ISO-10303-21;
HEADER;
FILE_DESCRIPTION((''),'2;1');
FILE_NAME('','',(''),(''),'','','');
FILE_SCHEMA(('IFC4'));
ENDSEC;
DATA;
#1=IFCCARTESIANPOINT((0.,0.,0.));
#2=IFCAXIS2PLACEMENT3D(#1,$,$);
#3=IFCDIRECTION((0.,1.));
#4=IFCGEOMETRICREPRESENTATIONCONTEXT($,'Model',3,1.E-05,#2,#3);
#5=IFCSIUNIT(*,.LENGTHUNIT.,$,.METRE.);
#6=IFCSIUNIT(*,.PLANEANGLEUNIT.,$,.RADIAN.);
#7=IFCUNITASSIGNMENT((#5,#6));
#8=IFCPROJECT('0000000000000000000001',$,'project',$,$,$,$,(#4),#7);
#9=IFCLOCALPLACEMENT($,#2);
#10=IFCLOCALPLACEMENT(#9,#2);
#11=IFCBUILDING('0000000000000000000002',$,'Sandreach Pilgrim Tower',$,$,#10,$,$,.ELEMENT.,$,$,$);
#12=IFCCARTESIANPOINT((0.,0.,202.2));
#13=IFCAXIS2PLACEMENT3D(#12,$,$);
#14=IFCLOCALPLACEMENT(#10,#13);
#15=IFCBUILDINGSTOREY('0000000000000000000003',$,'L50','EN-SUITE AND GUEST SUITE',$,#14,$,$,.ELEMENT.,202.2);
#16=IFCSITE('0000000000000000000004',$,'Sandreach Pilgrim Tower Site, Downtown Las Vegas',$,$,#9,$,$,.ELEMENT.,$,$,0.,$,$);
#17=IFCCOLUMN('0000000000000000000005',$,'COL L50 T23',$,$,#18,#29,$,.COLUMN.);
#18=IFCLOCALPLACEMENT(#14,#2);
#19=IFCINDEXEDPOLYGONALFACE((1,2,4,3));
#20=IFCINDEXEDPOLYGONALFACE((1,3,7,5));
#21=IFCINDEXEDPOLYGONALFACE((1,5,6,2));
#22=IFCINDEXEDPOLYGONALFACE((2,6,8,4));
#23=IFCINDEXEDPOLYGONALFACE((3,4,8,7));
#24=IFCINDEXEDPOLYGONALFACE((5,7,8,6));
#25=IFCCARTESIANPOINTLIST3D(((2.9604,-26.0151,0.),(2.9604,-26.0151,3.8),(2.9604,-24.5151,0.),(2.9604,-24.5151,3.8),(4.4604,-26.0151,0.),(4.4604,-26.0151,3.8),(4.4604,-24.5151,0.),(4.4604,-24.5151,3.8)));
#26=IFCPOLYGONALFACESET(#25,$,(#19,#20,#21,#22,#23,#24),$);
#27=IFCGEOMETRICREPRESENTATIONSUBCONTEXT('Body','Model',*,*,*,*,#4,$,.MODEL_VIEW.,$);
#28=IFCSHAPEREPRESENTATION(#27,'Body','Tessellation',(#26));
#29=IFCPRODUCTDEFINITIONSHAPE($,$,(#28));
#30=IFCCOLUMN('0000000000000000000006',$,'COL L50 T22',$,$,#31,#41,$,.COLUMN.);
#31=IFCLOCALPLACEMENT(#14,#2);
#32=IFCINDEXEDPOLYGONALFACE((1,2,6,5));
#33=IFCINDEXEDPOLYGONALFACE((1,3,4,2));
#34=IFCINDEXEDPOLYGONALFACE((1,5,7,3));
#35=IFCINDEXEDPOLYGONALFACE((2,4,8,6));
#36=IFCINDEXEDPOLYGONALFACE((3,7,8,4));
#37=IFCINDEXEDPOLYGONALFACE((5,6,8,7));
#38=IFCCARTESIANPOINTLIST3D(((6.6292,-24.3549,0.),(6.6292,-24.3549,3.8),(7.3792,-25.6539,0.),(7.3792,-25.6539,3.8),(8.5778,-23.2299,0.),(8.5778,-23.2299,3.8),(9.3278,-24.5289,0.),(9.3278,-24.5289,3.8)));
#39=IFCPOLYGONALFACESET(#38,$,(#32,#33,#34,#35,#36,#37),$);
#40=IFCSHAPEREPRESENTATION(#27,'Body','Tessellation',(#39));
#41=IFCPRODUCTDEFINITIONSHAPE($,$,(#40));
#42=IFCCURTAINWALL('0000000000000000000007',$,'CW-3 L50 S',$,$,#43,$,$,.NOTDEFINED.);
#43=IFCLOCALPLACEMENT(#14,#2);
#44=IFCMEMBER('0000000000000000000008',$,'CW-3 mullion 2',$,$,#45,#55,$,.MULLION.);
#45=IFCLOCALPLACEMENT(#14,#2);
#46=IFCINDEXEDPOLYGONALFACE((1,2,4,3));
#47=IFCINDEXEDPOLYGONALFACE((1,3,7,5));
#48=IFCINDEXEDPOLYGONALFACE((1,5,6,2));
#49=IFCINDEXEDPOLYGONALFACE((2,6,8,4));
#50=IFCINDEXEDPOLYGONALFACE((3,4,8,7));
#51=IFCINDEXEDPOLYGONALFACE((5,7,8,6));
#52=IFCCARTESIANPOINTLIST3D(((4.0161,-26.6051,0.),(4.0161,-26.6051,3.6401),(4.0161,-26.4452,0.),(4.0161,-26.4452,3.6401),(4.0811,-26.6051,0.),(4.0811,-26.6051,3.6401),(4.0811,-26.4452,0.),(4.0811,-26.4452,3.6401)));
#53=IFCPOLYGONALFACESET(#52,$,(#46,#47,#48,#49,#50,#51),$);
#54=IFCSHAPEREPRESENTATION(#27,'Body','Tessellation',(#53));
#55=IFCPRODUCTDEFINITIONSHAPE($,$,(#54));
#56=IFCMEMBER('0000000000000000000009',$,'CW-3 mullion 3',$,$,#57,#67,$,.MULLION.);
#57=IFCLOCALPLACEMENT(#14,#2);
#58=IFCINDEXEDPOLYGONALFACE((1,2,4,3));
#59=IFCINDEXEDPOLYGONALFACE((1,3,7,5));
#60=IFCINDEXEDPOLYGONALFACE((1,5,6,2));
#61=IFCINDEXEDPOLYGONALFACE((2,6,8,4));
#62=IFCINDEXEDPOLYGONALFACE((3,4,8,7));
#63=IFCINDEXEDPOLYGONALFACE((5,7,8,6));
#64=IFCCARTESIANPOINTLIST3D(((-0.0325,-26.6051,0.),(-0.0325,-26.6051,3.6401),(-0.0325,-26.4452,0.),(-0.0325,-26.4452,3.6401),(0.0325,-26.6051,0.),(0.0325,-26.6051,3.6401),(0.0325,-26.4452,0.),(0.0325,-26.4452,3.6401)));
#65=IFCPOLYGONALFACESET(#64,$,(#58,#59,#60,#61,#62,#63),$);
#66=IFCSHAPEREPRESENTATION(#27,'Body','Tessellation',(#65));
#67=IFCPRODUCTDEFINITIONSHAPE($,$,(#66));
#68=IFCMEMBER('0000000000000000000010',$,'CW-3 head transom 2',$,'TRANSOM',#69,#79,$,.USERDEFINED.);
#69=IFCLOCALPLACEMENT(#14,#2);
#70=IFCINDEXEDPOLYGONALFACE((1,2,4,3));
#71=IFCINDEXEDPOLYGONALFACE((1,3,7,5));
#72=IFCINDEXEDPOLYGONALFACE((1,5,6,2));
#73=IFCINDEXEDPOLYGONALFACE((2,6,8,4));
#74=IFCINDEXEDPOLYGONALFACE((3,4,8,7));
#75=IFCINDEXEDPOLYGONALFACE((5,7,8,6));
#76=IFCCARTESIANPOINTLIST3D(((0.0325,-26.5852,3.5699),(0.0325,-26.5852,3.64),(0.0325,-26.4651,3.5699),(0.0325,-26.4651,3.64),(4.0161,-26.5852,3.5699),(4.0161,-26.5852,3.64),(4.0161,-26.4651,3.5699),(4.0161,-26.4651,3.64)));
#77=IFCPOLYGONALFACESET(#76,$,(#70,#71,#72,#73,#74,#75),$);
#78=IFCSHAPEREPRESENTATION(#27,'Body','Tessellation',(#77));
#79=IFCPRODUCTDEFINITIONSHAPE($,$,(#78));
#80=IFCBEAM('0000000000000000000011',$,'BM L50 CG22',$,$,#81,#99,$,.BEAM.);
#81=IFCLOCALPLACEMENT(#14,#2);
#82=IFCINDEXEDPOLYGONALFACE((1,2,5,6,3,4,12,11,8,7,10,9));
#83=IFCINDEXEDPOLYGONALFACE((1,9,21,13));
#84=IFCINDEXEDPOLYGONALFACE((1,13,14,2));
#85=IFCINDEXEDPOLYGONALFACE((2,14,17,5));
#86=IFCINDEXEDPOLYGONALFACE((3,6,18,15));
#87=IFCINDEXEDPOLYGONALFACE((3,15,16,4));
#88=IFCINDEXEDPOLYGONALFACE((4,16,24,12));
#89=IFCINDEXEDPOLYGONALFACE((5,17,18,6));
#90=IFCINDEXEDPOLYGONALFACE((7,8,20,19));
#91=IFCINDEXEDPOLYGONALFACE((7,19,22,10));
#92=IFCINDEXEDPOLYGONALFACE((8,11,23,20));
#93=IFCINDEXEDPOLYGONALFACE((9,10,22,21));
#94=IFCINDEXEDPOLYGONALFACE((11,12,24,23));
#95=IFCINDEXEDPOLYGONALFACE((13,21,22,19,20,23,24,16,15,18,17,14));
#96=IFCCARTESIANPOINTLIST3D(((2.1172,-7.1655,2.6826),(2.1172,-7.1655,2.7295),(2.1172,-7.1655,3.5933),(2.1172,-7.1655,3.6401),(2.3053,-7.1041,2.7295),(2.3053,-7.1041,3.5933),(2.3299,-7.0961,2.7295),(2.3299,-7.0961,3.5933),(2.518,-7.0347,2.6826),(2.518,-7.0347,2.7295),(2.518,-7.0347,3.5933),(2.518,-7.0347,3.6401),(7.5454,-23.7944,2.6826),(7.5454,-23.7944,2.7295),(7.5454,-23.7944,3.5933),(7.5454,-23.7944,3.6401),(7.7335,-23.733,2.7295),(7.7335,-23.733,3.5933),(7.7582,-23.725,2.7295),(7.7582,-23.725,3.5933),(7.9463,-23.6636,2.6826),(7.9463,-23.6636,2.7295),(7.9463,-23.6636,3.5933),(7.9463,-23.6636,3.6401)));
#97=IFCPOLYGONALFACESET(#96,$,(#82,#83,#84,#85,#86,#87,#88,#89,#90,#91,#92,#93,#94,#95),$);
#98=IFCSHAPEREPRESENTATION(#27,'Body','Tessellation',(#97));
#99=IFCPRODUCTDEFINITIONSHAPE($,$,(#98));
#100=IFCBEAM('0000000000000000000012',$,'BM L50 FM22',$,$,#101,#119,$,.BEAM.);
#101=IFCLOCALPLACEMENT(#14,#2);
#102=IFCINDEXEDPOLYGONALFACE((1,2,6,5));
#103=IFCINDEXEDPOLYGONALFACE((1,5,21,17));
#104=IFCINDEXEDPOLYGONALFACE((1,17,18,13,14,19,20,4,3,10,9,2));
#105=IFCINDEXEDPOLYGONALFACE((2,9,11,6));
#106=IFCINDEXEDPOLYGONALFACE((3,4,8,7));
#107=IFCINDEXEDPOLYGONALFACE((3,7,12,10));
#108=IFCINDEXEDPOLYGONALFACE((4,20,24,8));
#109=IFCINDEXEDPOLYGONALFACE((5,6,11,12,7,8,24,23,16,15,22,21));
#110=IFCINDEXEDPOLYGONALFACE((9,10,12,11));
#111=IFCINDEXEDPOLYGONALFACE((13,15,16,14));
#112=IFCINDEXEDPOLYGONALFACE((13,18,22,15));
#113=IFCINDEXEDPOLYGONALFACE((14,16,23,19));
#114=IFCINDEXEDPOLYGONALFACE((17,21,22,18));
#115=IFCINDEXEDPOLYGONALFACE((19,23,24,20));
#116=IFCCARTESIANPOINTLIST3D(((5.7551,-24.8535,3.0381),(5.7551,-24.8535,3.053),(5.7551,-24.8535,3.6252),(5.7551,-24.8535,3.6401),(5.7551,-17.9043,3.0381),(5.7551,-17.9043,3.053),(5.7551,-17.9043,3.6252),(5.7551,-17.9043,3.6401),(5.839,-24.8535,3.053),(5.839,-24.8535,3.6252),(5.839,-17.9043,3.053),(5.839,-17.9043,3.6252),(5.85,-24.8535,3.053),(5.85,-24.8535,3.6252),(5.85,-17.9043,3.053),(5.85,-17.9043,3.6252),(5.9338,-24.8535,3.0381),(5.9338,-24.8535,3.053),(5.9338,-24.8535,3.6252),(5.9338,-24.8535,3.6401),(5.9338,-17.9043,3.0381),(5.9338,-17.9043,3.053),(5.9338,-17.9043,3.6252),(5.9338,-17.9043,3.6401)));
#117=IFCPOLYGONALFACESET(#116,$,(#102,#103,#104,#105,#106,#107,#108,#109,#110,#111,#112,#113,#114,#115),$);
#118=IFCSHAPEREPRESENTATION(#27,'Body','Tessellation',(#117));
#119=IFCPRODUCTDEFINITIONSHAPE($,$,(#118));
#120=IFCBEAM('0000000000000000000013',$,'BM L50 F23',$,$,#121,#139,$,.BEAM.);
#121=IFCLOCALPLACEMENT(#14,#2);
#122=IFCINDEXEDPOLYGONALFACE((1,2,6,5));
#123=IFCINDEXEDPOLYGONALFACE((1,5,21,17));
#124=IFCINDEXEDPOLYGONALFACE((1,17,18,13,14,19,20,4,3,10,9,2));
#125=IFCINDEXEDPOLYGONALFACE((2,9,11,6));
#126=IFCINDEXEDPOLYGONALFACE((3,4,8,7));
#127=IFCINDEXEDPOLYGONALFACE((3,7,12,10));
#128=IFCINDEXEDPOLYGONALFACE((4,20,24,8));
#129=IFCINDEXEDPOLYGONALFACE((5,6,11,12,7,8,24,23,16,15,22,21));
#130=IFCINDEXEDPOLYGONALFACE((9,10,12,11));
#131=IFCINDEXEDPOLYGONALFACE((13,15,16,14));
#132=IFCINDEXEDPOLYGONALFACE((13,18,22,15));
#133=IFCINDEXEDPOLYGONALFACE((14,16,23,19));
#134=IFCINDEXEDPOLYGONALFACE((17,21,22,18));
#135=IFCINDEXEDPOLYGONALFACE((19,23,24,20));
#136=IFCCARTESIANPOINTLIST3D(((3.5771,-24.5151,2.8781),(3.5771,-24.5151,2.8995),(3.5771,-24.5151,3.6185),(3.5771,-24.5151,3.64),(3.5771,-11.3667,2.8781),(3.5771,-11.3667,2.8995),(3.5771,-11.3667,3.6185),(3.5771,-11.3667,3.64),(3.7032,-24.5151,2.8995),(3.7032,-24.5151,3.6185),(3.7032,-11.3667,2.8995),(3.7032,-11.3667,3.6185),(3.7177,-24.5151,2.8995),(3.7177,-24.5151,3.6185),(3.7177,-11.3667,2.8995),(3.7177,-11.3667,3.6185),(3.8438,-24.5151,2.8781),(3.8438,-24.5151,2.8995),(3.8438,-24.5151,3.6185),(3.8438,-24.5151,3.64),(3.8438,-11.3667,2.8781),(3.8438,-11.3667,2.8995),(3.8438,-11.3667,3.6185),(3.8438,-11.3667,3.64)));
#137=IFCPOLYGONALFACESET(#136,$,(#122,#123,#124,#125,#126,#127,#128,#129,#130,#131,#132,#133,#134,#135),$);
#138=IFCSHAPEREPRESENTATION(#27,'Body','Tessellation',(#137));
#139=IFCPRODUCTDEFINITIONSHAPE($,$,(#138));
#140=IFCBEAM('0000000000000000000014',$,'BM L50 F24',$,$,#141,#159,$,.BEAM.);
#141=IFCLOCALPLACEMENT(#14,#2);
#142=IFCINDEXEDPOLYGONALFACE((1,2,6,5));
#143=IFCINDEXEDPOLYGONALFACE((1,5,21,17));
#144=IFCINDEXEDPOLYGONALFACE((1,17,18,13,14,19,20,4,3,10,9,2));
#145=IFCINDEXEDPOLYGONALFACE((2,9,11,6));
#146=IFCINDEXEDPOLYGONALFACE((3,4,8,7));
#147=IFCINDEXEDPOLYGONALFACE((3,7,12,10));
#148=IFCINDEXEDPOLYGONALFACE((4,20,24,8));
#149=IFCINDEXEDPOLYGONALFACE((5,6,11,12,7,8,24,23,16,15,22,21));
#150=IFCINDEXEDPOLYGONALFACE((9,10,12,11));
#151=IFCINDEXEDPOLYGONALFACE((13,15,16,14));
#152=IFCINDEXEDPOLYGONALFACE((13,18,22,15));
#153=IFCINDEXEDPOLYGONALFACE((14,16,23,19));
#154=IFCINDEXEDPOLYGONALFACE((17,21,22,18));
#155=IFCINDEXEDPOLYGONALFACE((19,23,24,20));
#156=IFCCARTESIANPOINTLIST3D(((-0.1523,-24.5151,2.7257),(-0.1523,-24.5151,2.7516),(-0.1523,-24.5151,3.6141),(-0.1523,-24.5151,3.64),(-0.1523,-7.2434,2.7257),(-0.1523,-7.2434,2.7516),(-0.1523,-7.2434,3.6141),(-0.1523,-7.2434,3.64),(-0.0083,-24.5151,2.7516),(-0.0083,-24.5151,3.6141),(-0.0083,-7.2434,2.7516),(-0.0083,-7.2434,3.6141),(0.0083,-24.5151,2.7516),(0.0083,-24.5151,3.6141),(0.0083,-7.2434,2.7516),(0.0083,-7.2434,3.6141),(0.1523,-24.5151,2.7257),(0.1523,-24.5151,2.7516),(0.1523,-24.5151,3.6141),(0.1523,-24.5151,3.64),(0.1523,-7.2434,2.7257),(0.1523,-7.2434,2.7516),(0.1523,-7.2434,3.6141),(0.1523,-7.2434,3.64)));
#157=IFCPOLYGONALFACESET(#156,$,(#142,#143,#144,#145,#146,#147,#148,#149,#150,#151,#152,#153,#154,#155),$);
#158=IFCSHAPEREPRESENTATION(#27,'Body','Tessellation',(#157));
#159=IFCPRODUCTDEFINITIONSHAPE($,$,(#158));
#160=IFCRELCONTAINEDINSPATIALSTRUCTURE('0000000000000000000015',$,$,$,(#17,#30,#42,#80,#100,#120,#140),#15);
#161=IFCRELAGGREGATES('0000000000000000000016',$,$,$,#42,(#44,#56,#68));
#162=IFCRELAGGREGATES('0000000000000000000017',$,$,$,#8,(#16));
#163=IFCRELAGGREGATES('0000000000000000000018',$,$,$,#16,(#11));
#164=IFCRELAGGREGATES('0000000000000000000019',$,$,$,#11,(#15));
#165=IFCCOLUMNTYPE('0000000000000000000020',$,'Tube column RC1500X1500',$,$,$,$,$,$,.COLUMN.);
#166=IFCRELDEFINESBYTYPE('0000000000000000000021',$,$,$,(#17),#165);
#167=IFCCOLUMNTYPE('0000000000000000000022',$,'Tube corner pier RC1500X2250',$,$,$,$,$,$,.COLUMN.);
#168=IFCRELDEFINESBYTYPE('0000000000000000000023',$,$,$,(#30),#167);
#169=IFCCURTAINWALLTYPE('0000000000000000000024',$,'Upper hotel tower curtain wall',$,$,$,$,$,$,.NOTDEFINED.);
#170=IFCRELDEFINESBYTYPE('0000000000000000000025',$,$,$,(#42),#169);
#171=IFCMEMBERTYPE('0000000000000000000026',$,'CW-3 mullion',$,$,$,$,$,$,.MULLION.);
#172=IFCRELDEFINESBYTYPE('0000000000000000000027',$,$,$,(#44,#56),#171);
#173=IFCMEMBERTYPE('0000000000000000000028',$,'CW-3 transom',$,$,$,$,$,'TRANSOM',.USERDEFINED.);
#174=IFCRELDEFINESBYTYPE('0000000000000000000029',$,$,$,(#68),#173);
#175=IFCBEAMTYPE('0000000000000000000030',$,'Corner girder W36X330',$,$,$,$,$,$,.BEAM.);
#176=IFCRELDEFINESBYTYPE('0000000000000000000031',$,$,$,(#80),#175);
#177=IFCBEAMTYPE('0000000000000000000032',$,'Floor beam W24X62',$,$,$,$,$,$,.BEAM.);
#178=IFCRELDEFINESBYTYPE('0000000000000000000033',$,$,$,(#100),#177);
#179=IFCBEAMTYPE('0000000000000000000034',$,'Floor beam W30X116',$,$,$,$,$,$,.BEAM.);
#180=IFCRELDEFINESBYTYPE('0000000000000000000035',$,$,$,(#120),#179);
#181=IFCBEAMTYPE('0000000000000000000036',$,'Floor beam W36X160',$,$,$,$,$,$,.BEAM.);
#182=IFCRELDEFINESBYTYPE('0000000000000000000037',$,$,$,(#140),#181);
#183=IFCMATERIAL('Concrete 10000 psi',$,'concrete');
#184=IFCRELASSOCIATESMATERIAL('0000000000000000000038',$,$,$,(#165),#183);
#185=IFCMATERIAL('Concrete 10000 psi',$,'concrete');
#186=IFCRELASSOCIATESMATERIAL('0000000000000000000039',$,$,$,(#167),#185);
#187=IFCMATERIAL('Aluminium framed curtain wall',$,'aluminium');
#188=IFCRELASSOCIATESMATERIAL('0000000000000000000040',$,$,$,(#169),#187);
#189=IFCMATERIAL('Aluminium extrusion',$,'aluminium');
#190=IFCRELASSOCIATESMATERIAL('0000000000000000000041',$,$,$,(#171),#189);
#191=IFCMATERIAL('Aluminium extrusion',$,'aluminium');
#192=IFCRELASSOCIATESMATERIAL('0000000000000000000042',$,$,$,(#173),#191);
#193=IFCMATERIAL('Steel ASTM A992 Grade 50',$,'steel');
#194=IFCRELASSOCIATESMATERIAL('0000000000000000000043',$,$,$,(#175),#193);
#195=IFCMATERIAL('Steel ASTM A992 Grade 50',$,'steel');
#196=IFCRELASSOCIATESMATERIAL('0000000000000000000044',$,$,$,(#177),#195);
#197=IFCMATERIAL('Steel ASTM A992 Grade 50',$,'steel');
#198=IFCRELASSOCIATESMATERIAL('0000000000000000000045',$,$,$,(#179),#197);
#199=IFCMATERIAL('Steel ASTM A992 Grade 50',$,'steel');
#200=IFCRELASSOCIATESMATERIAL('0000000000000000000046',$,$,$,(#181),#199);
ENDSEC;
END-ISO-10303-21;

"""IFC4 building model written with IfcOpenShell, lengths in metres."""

from ifc_helpers import new_model, si_unit, direction, frame, origin, origin_2d, place, context, subcontext, project, spatial, rectangle, i_section, extrude, material, material_profile, profile_set, type_object, element, aggregate, save


model = new_model("IFC4")

# Units and contexts
model_context = context("Model", 3, precision=1e-05, world=origin(), true_north=direction((0.0, 1.0)))
body_context = subcontext(model_context, "Body", "Model", "MODEL_VIEW")
ifc_project = project(units=[si_unit("LENGTHUNIT", "METRE"), si_unit("PLANEANGLEUNIT", "RADIAN")], contexts=[model_context])

# Site, building, storey
site_placement = place(None, origin())
site = spatial("IfcSite", under=ifc_project, at=site_placement, Name="Sandreach Pilgrim Tower Site, Downtown Las Vegas", CompositionType="ELEMENT", RefElevation=0.0)
building_placement = place(site_placement, origin())
building = spatial("IfcBuilding", under=site, at=building_placement, Name="Sandreach Pilgrim Tower", CompositionType="ELEMENT")
storey_placement = place(building_placement, frame((0.0, 0.0, 202.2)))
storey = spatial("IfcBuildingStorey", under=building, at=storey_placement, Name="L50", Description="EN-SUITE AND GUEST SUITE", CompositionType="ELEMENT", Elevation=202.2)

# Columns
ifc_material_1 = material(Name="Concrete 10000 psi", Category="concrete")
ifc_material_profile_1 = material_profile(ifc_material_1, rectangle(XDim=1.5, YDim=1.5, at=origin_2d()), Name="RC1500X1500")
ifc_profile_set_1 = profile_set([ifc_material_profile_1], Name="Concrete 10000 psi")
column_type_1 = type_object("IfcColumnType", Name="Tube column RC1500X1500", PredefinedType="COLUMN", material=ifc_profile_set_1)
column_1_placement = place(storey_placement, frame((3.7104, -25.2651, 0.0), z_axis=(0.0, 0.0, 1.0), x_axis=(0.0, -1.0, 0.0)))
element("IfcColumn", 1, at=column_1_placement, inside=storey, type_object=column_type_1, Name="COL L50 T23", PredefinedType="COLUMN", context=body_context, shape_type="SweptSolid", body=[
    extrude(rectangle(XDim=1.5, YDim=1.5, at=origin_2d()), origin(), (0.0, 0.0, 1.0), 3.8),
])
ifc_material_2 = material(Name="Concrete 10000 psi", Category="concrete")
ifc_material_profile_2 = material_profile(ifc_material_2, rectangle(XDim=1.5, YDim=2.25, at=origin_2d()), Name="RC1500X2250")
ifc_profile_set_2 = profile_set([ifc_material_profile_2], Name="Concrete 10000 psi")
column_type_2 = type_object("IfcColumnType", Name="Tube corner pier RC1500X2250", PredefinedType="COLUMN", material=ifc_profile_set_2)
column_2_placement = place(storey_placement, frame((7.9785, -24.4419, 0.0), z_axis=(0.0, 0.0, 1.0), x_axis=(0.5, -0.866025, 0.0)))
element("IfcColumn", 2, at=column_2_placement, inside=storey, type_object=column_type_2, Name="COL L50 T22", PredefinedType="COLUMN", context=body_context, shape_type="SweptSolid", body=[
    extrude(rectangle(XDim=1.5, YDim=2.25, at=origin_2d()), origin(), (0.0, 0.0, 1.0), 3.8),
])

# Curtain wall, members
ifc_material_3 = material(Name="Aluminium framed curtain wall", Category="aluminium")
curtain_wall_type = type_object("IfcCurtainWallType", Name="Upper hotel tower curtain wall", PredefinedType="NOTDEFINED", material=ifc_material_3)
curtain_wall_placement = place(storey_placement, origin())
curtain_wall = element("IfcCurtainWall", 3, at=curtain_wall_placement, inside=storey, type_object=curtain_wall_type, Name="CW-3 L50 S", PredefinedType="NOTDEFINED")
ifc_material_4 = material(Name="Aluminium extrusion", Category="aluminium")
ifc_material_profile_3 = material_profile(ifc_material_4, rectangle(XDim=0.0649, YDim=0.1599, at=origin_2d()), Name="CW-3M 65X160")
ifc_profile_set_3 = profile_set([ifc_material_profile_3], Name="Aluminium extrusion")
member_type_1 = type_object("IfcMemberType", Name="CW-3 mullion", PredefinedType="MULLION", material=ifc_profile_set_3)
member_1_placement = place(storey_placement, frame((4.0486, -26.5251, 0.0), z_axis=(0.0, 0.0, 1.0), x_axis=(-1.0, 0.0, 0.0)))
member_1 = element("IfcMember", 4, at=member_1_placement, type_object=member_type_1, Name="CW-3 mullion 2", PredefinedType="MULLION", context=body_context, shape_type="SweptSolid", body=[
    extrude(rectangle(XDim=0.0649, YDim=0.1599, at=origin_2d()), origin(), (0.0, 0.0, 1.0), 3.6401),
])
member_2_placement = place(storey_placement, frame((0.0, -26.5251, 0.0), z_axis=(0.0, 0.0, 1.0), x_axis=(-1.0, 0.0, 0.0)))
member_2 = element("IfcMember", 5, at=member_2_placement, type_object=member_type_1, Name="CW-3 mullion 3", PredefinedType="MULLION", context=body_context, shape_type="SweptSolid", body=[
    extrude(rectangle(XDim=0.0649, YDim=0.1599, at=origin_2d()), origin(), (0.0, 0.0, 1.0), 3.6401),
])
ifc_material_5 = material(Name="Aluminium extrusion", Category="aluminium")
ifc_material_profile_4 = material_profile(ifc_material_5, rectangle(XDim=0.1201, YDim=0.0701, at=origin_2d()), Name="CW-3T 120X70")
ifc_profile_set_4 = profile_set([ifc_material_profile_4], Name="Aluminium extrusion")
member_type_2 = type_object("IfcMemberType", Name="CW-3 transom", ElementType="TRANSOM", PredefinedType="USERDEFINED", material=ifc_profile_set_4)
member_3_placement = place(storey_placement, frame((4.0161, -26.5251, 3.605), z_axis=(-1.0, 0.0, 0.0), x_axis=(0.0, -1.0, 0.0)))
member_3 = element("IfcMember", 6, at=member_3_placement, type_object=member_type_2, Name="CW-3 head transom 2", ObjectType="TRANSOM", PredefinedType="USERDEFINED", context=body_context, shape_type="SweptSolid", body=[
    extrude(rectangle(XDim=0.1201, YDim=0.0701, at=origin_2d()), origin(), (0.0, 0.0, 1.0), 3.9836),
])

# Beams
ifc_material_6 = material(Name="Steel ASTM A992 Grade 50", Category="steel")
ifc_material_profile_5 = material_profile(ifc_material_6, i_section(OverallWidth=0.4216, OverallDepth=0.9575, WebThickness=0.0259, FlangeThickness=0.0469, at=origin_2d()), Name="W36X330")
ifc_profile_set_5 = profile_set([ifc_material_profile_5], Name="Steel ASTM A992 Grade 50")
beam_type_1 = type_object("IfcBeamType", Name="Corner girder W36X330", PredefinedType="BEAM", material=ifc_profile_set_5)
beam_1_placement = place(storey_placement, frame((7.7458, -23.729, 3.1614), z_axis=(-0.310318, 0.950633, 0.0), x_axis=(-0.950633, -0.310318, 0.0)))
element("IfcBeam", 7, at=beam_1_placement, inside=storey, type_object=beam_type_1, Name="BM L50 CG22", PredefinedType="BEAM", context=body_context, shape_type="SweptSolid", body=[
    extrude(i_section(OverallWidth=0.4216, OverallDepth=0.9575, WebThickness=0.0259, FlangeThickness=0.0469, at=origin_2d()), origin(), (0.0, 0.0, 1.0), 17.4924),
])
ifc_material_7 = material(Name="Steel ASTM A992 Grade 50", Category="steel")
ifc_material_profile_6 = material_profile(ifc_material_7, i_section(OverallWidth=0.1787, OverallDepth=0.6021, WebThickness=0.011, FlangeThickness=0.0149, at=origin_2d()), Name="W24X62")
ifc_profile_set_6 = profile_set([ifc_material_profile_6], Name="Steel ASTM A992 Grade 50")
beam_type_2 = type_object("IfcBeamType", Name="Floor beam W24X62", PredefinedType="BEAM", material=ifc_profile_set_6)
beam_2_placement = place(storey_placement, frame((5.8445, -24.8535, 3.3391), z_axis=(0.0, 1.0, 0.0), x_axis=(-1.0, 0.0, 0.0)))
element("IfcBeam", 8, at=beam_2_placement, inside=storey, type_object=beam_type_2, Name="BM L50 FM22", PredefinedType="BEAM", context=body_context, shape_type="SweptSolid", body=[
    extrude(i_section(OverallWidth=0.1787, OverallDepth=0.6021, WebThickness=0.011, FlangeThickness=0.0149, at=origin_2d()), origin(), (0.0, 0.0, 1.0), 6.9492),
])
ifc_material_8 = material(Name="Steel ASTM A992 Grade 50", Category="steel")
ifc_material_profile_7 = material_profile(ifc_material_8, i_section(OverallWidth=0.2666, OverallDepth=0.762, WebThickness=0.0144, FlangeThickness=0.0215, at=origin_2d()), Name="W30X116")
ifc_profile_set_7 = profile_set([ifc_material_profile_7], Name="Steel ASTM A992 Grade 50")
beam_type_3 = type_object("IfcBeamType", Name="Floor beam W30X116", PredefinedType="BEAM", material=ifc_profile_set_7)
beam_3_placement = place(storey_placement, frame((3.7104, -24.5151, 3.259), z_axis=(0.0, 1.0, 0.0), x_axis=(-1.0, 0.0, 0.0)))
element("IfcBeam", 9, at=beam_3_placement, inside=storey, type_object=beam_type_3, Name="BM L50 F23", PredefinedType="BEAM", context=body_context, shape_type="SweptSolid", body=[
    extrude(i_section(OverallWidth=0.2666, OverallDepth=0.762, WebThickness=0.0144, FlangeThickness=0.0215, at=origin_2d()), origin(), (0.0, 0.0, 1.0), 13.1484),
])
ifc_material_9 = material(Name="Steel ASTM A992 Grade 50", Category="steel")
ifc_material_profile_8 = material_profile(ifc_material_9, i_section(OverallWidth=0.3047, OverallDepth=0.9143, WebThickness=0.0166, FlangeThickness=0.0259, at=origin_2d()), Name="W36X160")
ifc_profile_set_8 = profile_set([ifc_material_profile_8], Name="Steel ASTM A992 Grade 50")
beam_type_4 = type_object("IfcBeamType", Name="Floor beam W36X160", PredefinedType="BEAM", material=ifc_profile_set_8)
beam_4_placement = place(storey_placement, frame((0.0, -24.5151, 3.1829), z_axis=(0.0, 1.0, 0.0), x_axis=(-1.0, 0.0, 0.0)))
element("IfcBeam", 10, at=beam_4_placement, inside=storey, type_object=beam_type_4, Name="BM L50 F24", PredefinedType="BEAM", context=body_context, shape_type="SweptSolid", body=[
    extrude(i_section(OverallWidth=0.3047, OverallDepth=0.9143, WebThickness=0.0166, FlangeThickness=0.0259, at=origin_2d()), origin(), (0.0, 0.0, 1.0), 17.2717),
])

aggregate(curtain_wall, [member_1, member_2, member_3])

save(model, "model.ifc")
